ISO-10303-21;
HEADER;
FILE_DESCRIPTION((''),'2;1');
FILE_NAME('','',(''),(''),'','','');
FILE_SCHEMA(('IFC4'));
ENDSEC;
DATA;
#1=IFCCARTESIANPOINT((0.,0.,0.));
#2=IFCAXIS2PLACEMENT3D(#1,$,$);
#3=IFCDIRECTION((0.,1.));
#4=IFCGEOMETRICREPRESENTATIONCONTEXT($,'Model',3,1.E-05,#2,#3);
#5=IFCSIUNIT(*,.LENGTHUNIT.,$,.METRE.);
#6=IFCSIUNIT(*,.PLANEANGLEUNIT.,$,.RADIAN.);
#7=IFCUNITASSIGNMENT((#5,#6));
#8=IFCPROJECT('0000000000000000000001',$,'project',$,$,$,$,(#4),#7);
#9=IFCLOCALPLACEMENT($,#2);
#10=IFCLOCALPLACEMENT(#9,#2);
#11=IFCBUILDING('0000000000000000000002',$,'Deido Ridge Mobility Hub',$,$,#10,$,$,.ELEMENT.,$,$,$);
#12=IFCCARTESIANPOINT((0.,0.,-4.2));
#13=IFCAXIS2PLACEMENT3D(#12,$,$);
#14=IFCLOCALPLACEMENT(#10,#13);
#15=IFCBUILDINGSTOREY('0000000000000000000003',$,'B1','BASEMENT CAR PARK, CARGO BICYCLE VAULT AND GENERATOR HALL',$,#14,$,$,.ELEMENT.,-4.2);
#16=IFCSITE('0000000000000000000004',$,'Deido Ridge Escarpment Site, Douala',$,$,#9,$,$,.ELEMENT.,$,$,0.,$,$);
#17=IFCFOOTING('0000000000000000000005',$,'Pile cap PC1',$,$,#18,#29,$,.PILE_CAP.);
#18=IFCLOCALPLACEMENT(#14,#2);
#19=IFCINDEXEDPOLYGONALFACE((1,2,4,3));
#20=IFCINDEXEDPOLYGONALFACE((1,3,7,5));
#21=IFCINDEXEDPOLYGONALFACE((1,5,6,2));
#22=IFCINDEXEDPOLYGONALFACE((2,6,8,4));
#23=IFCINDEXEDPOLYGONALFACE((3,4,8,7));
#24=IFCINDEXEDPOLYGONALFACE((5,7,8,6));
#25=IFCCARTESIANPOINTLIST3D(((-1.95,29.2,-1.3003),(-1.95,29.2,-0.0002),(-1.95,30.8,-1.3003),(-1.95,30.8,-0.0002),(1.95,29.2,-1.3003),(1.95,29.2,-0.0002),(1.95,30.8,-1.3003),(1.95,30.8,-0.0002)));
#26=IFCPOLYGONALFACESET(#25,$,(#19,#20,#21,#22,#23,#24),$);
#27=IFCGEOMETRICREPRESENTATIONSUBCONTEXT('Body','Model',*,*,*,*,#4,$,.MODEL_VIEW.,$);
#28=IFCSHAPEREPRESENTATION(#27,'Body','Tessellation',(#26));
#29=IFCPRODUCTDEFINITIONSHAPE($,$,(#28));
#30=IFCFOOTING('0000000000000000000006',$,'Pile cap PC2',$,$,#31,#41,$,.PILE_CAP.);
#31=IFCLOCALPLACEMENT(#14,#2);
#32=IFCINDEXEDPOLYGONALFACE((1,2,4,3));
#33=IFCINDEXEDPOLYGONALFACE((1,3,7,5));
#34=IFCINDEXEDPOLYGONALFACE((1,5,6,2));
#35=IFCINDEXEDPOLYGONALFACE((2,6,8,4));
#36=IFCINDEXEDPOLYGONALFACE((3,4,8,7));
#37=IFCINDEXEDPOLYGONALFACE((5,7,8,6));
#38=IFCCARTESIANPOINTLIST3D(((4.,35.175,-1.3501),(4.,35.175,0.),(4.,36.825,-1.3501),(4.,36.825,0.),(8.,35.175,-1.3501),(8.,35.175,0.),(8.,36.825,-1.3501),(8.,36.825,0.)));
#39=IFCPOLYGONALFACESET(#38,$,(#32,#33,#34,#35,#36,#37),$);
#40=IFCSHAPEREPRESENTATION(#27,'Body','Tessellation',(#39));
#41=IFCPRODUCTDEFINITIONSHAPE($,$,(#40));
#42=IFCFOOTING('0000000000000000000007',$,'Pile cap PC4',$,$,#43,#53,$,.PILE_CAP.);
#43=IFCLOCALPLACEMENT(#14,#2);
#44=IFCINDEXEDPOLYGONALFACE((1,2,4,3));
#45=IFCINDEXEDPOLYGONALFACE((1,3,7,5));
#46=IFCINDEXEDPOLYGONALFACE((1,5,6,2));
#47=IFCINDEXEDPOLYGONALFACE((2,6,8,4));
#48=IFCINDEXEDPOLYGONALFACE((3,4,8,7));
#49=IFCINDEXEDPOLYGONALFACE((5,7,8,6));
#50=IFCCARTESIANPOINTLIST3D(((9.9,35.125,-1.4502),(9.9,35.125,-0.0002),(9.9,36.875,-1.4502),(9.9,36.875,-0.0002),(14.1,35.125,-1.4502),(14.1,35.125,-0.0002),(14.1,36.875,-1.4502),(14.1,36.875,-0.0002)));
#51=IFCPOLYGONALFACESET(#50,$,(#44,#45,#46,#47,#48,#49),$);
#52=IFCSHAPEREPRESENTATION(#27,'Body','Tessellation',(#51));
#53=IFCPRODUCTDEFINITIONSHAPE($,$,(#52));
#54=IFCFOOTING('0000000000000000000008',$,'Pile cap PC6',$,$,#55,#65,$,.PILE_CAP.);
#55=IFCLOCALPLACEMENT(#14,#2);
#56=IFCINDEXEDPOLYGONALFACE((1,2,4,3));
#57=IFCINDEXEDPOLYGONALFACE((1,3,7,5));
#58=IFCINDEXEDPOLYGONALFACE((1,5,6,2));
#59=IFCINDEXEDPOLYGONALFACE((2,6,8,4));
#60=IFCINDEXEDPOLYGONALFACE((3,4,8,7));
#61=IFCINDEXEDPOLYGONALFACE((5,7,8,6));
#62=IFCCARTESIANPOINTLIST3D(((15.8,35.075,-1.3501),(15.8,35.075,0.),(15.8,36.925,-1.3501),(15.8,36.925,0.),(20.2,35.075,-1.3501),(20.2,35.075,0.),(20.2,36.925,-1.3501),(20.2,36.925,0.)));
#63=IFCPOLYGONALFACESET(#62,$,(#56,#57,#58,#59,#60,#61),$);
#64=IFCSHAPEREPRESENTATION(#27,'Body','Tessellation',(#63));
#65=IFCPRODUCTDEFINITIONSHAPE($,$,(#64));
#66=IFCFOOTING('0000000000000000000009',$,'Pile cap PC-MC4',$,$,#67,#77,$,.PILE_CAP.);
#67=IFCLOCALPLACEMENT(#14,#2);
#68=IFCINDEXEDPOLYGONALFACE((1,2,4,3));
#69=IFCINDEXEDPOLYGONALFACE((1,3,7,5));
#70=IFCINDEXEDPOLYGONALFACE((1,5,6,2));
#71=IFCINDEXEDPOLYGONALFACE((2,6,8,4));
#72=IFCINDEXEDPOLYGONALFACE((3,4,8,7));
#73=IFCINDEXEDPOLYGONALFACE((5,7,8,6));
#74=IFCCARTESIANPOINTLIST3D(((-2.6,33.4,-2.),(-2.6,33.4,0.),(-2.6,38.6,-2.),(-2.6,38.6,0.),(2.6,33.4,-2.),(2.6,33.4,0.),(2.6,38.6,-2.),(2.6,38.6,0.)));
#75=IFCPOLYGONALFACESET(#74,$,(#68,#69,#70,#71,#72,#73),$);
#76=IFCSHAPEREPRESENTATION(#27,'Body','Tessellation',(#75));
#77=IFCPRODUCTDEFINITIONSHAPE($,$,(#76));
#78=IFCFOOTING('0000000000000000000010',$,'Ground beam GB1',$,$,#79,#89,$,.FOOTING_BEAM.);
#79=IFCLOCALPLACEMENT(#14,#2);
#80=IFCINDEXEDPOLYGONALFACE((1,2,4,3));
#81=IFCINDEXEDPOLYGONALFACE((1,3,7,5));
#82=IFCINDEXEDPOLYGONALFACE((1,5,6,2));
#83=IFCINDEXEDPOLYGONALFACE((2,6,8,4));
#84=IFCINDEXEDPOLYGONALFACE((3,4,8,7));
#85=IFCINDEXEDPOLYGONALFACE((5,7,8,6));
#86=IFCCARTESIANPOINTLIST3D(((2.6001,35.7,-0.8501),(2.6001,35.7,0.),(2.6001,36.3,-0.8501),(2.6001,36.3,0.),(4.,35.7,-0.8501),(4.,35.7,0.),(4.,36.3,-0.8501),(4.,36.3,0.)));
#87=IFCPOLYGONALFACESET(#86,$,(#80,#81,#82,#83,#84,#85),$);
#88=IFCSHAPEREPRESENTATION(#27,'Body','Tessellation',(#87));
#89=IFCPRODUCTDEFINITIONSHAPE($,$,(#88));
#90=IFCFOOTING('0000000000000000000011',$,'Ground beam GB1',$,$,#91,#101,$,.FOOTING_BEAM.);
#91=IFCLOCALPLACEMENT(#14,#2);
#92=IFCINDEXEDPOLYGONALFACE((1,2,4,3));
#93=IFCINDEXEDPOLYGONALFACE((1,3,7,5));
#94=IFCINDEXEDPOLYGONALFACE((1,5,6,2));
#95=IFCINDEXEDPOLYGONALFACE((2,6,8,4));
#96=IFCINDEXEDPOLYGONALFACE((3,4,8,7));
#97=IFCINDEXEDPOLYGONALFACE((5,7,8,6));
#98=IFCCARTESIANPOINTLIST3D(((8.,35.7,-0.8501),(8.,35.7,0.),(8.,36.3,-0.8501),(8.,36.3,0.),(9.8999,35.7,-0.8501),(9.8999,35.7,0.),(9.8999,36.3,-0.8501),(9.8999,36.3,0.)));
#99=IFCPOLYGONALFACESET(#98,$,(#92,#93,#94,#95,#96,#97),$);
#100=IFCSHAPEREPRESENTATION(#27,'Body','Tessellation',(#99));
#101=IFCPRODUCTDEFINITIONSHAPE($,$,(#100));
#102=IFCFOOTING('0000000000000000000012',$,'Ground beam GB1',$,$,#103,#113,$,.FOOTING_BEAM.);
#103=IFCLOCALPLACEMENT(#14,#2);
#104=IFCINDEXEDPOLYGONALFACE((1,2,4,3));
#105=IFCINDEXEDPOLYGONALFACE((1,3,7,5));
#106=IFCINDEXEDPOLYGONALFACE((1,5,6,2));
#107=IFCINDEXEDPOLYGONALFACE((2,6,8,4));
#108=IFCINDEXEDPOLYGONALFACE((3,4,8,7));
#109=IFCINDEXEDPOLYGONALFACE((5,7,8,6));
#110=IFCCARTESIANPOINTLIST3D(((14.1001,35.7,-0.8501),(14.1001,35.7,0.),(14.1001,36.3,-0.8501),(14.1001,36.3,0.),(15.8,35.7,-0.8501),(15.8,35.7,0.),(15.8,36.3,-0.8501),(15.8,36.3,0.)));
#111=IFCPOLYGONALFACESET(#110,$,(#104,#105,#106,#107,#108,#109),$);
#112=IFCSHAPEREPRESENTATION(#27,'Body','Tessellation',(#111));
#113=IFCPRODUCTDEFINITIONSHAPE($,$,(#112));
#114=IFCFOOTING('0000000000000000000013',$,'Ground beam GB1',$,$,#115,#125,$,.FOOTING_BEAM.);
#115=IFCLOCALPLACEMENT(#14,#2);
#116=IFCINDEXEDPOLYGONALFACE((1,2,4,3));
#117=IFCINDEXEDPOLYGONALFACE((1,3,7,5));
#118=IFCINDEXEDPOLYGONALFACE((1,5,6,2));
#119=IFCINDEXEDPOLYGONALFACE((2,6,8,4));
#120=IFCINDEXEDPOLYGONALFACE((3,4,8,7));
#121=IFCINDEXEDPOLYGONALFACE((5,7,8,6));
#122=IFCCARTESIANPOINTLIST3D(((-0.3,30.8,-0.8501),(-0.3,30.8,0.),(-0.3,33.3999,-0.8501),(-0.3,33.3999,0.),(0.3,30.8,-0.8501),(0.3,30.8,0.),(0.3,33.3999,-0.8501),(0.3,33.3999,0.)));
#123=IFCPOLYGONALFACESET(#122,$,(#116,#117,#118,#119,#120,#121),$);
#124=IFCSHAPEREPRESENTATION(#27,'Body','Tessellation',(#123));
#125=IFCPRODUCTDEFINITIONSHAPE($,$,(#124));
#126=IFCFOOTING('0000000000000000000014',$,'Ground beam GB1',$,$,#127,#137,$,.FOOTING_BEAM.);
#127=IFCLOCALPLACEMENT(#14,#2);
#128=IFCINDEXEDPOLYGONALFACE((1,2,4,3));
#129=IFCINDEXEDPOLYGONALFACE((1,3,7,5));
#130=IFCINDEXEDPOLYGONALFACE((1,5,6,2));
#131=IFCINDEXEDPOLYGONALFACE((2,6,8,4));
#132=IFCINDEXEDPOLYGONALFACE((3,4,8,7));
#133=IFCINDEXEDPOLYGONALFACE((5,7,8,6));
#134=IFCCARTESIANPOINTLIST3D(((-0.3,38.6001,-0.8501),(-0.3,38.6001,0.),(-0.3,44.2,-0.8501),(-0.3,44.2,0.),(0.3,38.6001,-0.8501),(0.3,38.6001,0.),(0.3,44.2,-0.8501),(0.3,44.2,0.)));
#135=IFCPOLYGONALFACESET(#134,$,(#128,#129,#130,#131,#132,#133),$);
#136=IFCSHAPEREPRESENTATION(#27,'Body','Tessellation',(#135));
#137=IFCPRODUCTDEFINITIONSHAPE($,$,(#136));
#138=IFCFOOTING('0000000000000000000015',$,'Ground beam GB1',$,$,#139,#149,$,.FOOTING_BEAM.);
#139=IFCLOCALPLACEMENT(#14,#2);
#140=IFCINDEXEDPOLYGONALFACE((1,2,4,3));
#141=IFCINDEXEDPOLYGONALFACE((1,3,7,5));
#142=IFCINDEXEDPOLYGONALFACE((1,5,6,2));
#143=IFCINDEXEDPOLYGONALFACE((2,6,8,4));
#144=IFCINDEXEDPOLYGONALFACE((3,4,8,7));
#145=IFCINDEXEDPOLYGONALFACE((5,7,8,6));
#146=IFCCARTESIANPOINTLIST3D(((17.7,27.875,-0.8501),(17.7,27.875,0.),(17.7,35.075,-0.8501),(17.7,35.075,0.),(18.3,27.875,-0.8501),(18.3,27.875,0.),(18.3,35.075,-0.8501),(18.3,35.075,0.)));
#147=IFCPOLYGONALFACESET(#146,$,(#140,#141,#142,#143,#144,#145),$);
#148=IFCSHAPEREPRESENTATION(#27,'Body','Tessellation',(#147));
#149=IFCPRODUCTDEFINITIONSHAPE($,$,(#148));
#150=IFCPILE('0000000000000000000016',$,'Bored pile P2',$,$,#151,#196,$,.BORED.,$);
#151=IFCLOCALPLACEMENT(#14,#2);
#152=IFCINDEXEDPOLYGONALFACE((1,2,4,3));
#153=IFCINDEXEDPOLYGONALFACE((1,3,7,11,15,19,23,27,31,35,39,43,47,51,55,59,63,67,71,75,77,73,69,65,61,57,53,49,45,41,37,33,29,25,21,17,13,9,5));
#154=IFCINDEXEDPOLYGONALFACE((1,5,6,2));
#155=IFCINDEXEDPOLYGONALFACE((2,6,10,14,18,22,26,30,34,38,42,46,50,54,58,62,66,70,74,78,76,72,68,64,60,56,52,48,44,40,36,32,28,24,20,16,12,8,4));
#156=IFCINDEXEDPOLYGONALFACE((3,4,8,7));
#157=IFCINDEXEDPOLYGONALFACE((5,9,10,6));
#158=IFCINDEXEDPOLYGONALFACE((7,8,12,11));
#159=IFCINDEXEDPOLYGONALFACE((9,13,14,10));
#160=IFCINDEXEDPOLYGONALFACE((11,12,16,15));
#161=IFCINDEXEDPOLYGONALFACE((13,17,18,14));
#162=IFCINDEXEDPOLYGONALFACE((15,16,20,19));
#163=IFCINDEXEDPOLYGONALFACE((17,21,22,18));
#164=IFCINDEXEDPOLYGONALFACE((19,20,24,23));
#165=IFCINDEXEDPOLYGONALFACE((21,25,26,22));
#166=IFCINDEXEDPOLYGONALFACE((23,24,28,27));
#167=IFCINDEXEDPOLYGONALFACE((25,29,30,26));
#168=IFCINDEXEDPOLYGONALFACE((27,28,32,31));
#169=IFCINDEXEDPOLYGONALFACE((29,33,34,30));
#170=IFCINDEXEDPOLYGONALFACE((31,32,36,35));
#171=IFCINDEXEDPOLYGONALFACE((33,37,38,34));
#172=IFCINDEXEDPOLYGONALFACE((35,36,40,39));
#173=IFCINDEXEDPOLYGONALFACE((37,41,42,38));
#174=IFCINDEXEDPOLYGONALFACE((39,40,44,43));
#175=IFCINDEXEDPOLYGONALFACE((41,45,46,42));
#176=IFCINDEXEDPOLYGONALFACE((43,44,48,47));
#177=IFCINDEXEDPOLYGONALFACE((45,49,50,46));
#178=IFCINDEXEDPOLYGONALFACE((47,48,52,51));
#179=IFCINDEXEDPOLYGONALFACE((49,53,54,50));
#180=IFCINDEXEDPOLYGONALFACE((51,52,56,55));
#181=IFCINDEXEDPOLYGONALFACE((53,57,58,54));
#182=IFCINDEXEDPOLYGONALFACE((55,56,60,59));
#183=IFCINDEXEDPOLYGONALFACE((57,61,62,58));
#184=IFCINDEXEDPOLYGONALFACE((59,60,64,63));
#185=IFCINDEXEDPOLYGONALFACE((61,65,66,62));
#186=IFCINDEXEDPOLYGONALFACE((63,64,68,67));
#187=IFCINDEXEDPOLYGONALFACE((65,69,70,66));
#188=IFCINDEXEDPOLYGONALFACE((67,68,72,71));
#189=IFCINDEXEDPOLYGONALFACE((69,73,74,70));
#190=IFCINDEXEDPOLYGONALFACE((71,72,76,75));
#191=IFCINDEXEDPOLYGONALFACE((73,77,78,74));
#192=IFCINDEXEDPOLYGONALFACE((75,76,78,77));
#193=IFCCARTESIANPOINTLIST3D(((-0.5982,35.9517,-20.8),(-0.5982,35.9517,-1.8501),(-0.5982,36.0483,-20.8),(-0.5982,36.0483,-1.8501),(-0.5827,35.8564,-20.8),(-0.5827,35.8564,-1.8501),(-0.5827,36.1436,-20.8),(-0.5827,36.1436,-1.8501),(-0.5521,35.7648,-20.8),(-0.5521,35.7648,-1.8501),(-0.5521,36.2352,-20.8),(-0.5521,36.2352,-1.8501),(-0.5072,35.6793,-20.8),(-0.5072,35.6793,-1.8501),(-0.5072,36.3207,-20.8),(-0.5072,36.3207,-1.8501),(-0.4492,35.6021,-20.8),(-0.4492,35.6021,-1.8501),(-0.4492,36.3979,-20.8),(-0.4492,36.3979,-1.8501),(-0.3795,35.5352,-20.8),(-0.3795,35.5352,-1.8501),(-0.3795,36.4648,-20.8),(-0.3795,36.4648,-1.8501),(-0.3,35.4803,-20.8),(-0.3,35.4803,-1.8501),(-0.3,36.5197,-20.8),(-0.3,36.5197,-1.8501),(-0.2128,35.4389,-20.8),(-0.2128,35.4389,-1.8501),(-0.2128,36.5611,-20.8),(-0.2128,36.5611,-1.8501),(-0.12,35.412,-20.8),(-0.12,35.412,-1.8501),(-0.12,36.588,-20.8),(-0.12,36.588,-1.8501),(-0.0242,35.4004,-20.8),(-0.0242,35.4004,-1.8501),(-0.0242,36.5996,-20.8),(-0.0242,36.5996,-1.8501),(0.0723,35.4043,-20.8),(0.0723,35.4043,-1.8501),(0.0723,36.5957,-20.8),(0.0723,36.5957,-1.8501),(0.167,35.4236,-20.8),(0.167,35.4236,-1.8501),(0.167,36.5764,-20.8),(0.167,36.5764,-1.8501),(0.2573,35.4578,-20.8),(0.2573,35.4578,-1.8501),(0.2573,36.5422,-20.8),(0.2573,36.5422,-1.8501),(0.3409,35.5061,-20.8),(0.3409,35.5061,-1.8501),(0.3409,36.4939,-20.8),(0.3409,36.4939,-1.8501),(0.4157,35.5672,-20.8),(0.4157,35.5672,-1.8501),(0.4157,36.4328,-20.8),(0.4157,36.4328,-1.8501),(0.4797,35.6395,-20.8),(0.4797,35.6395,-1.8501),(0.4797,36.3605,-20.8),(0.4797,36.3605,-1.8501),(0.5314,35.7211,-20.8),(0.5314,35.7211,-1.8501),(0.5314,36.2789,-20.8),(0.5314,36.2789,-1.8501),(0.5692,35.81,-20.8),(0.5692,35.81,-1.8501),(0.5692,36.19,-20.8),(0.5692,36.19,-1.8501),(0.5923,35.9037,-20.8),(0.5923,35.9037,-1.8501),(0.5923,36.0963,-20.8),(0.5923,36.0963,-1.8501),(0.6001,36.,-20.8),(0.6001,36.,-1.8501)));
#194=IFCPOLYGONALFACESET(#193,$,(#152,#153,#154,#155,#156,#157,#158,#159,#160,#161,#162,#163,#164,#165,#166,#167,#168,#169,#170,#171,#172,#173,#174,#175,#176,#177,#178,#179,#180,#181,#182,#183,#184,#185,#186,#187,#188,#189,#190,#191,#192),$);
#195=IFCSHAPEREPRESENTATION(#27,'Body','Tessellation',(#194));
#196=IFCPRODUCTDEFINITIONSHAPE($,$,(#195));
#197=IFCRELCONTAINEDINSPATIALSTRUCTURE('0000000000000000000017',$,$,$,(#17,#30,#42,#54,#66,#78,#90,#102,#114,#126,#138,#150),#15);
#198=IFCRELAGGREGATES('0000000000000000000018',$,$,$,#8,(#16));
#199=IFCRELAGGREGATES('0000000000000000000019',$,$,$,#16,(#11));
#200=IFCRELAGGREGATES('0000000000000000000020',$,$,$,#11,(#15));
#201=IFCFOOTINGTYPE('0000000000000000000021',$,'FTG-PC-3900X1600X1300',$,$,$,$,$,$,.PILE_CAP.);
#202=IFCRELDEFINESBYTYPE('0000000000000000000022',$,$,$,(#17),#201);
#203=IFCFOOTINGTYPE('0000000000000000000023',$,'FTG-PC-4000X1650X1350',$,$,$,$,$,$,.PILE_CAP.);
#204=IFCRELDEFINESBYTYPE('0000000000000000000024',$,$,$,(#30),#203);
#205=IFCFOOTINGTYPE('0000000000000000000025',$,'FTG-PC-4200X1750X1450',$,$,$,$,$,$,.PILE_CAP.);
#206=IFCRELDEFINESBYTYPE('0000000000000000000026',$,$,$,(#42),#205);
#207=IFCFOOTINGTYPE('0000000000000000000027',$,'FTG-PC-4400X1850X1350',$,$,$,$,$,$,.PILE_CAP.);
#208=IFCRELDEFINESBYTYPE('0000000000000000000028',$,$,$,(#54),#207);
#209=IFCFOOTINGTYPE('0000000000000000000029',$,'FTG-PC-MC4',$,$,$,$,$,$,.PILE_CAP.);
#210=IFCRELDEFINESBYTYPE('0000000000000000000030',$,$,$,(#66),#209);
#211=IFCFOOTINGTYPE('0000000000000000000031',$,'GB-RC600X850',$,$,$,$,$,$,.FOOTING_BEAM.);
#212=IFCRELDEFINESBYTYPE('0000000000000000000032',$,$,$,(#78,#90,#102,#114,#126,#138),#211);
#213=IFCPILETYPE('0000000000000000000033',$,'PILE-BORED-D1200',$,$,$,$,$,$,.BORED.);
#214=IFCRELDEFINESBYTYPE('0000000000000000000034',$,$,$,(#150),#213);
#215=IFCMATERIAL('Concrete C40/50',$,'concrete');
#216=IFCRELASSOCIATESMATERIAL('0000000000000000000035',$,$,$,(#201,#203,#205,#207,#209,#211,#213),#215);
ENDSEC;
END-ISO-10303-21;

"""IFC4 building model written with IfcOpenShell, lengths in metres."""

from ifc_helpers import new_model, si_unit, direction, frame, origin, origin_2d, place, context, subcontext, project, spatial, rectangle, circle, extrude, material, material_profile, profile_set, type_object, element, save


model = new_model("IFC4")

# Units and contexts
model_context = context("Model", 3, precision=1e-05, world=origin(), true_north=direction((0.0, 1.0)))
body_context = subcontext(model_context, "Body", "Model", "MODEL_VIEW")
ifc_project = project(units=[si_unit("LENGTHUNIT", "METRE"), si_unit("PLANEANGLEUNIT", "RADIAN")], contexts=[model_context])

# Site, building, storey
site_placement = place(None, origin())
site = spatial("IfcSite", under=ifc_project, at=site_placement, Name="Deido Ridge Escarpment Site, Douala", CompositionType="ELEMENT", RefElevation=0.0)
building_placement = place(site_placement, origin())
building = spatial("IfcBuilding", under=site, at=building_placement, Name="Deido Ridge Mobility Hub", CompositionType="ELEMENT")
storey_placement = place(building_placement, frame((0.0, 0.0, -4.2)))
storey = spatial("IfcBuildingStorey", under=building, at=storey_placement, Name="B1", Description="BASEMENT CAR PARK, CARGO BICYCLE VAULT AND GENERATOR HALL", CompositionType="ELEMENT", Elevation=-4.2)

# Footings
ifc_material_1 = material(Name="Concrete C40/50", Category="concrete")
footing_type_1 = type_object("IfcFootingType", Name="FTG-PC-3900X1600X1300", PredefinedType="PILE_CAP", material=ifc_material_1)
footing_1_placement = place(storey_placement, frame((0.0, 30.0, -1.3003), z_axis=(0.0, 0.0, 1.0), x_axis=(1.0, 0.0, 0.0)))
element("IfcFooting", 1, at=footing_1_placement, inside=storey, type_object=footing_type_1, Name="Pile cap PC1", PredefinedType="PILE_CAP", context=body_context, shape_type="SweptSolid", body=[
    extrude(rectangle(XDim=3.8999, YDim=1.6001, at=origin_2d()), origin(), (0.0, 0.0, 1.0), 1.3),
])
footing_type_2 = type_object("IfcFootingType", Name="FTG-PC-4000X1650X1350", PredefinedType="PILE_CAP", material=ifc_material_1)
footing_2_placement = place(storey_placement, frame((6.0, 36.0, -1.3501), z_axis=(0.0, 0.0, 1.0), x_axis=(1.0, 0.0, 0.0)))
element("IfcFooting", 2, at=footing_2_placement, inside=storey, type_object=footing_type_2, Name="Pile cap PC2", PredefinedType="PILE_CAP", context=body_context, shape_type="SweptSolid", body=[
    extrude(rectangle(XDim=4.0, YDim=1.6499, at=origin_2d()), origin(), (0.0, 0.0, 1.0), 1.3501),
])
footing_type_3 = type_object("IfcFootingType", Name="FTG-PC-4200X1750X1450", PredefinedType="PILE_CAP", material=ifc_material_1)
footing_3_placement = place(storey_placement, frame((12.0, 36.0, -1.4502), z_axis=(0.0, 0.0, 1.0), x_axis=(1.0, 0.0, 0.0)))
element("IfcFooting", 3, at=footing_3_placement, inside=storey, type_object=footing_type_3, Name="Pile cap PC4", PredefinedType="PILE_CAP", context=body_context, shape_type="SweptSolid", body=[
    extrude(rectangle(XDim=4.2, YDim=1.75, at=origin_2d()), origin(), (0.0, 0.0, 1.0), 1.45),
])
footing_type_4 = type_object("IfcFootingType", Name="FTG-PC-4400X1850X1350", PredefinedType="PILE_CAP", material=ifc_material_1)
footing_4_placement = place(storey_placement, frame((18.0, 36.0, -1.3501), z_axis=(0.0, 0.0, 1.0), x_axis=(1.0, 0.0, 0.0)))
element("IfcFooting", 4, at=footing_4_placement, inside=storey, type_object=footing_type_4, Name="Pile cap PC6", PredefinedType="PILE_CAP", context=body_context, shape_type="SweptSolid", body=[
    extrude(rectangle(XDim=4.3999, YDim=1.8501, at=origin_2d()), origin(), (0.0, 0.0, 1.0), 1.3501),
])
footing_type_5 = type_object("IfcFootingType", Name="FTG-PC-MC4", PredefinedType="PILE_CAP", material=ifc_material_1)
footing_5_placement = place(storey_placement, frame((0.0, 36.0, -2.0), z_axis=(0.0, 0.0, 1.0), x_axis=(1.0, 0.0, 0.0)))
element("IfcFooting", 5, at=footing_5_placement, inside=storey, type_object=footing_type_5, Name="Pile cap PC-MC4", PredefinedType="PILE_CAP", context=body_context, shape_type="SweptSolid", body=[
    extrude(rectangle(XDim=5.2, YDim=5.2, at=origin_2d()), origin(), (0.0, 0.0, 1.0), 2.0),
])
ifc_material_profile_1 = material_profile(ifc_material_1, rectangle(XDim=0.6001, YDim=0.8501, at=origin_2d()), Name="RC GB 600x850")
ifc_profile_set_1 = profile_set([ifc_material_profile_1], Name="Concrete C40/50")
footing_type_6 = type_object("IfcFootingType", Name="GB-RC600X850", PredefinedType="FOOTING_BEAM", material=ifc_profile_set_1)
footing_6_placement = place(storey_placement, frame((2.6001, 36.0, -0.425), z_axis=(1.0, 0.0, 0.0), x_axis=(0.0, 1.0, 0.0)))
element("IfcFooting", 6, at=footing_6_placement, inside=storey, type_object=footing_type_6, Name="Ground beam GB1", PredefinedType="FOOTING_BEAM", context=body_context, shape_type="SweptSolid", body=[
    extrude(rectangle(XDim=0.6001, YDim=0.8501, at=origin_2d()), origin(), (0.0, 0.0, 1.0), 1.3999),
])
footing_7_placement = place(storey_placement, frame((8.0, 36.0, -0.425), z_axis=(1.0, 0.0, 0.0), x_axis=(0.0, 1.0, 0.0)))
element("IfcFooting", 7, at=footing_7_placement, inside=storey, type_object=footing_type_6, Name="Ground beam GB1", PredefinedType="FOOTING_BEAM", context=body_context, shape_type="SweptSolid", body=[
    extrude(rectangle(XDim=0.6001, YDim=0.8501, at=origin_2d()), origin(), (0.0, 0.0, 1.0), 1.8999),
])
footing_8_placement = place(storey_placement, frame((14.1001, 36.0, -0.425), z_axis=(1.0, 0.0, 0.0), x_axis=(0.0, 1.0, 0.0)))
element("IfcFooting", 8, at=footing_8_placement, inside=storey, type_object=footing_type_6, Name="Ground beam GB1", PredefinedType="FOOTING_BEAM", context=body_context, shape_type="SweptSolid", body=[
    extrude(rectangle(XDim=0.6001, YDim=0.8501, at=origin_2d()), origin(), (0.0, 0.0, 1.0), 1.7),
])
footing_9_placement = place(storey_placement, frame((0.0, 30.8, -0.425), z_axis=(0.0, 1.0, 0.0), x_axis=(-1.0, 0.0, 0.0)))
element("IfcFooting", 9, at=footing_9_placement, inside=storey, type_object=footing_type_6, Name="Ground beam GB1", PredefinedType="FOOTING_BEAM", context=body_context, shape_type="SweptSolid", body=[
    extrude(rectangle(XDim=0.6001, YDim=0.8501, at=origin_2d()), origin(), (0.0, 0.0, 1.0), 2.5999),
])
footing_10_placement = place(storey_placement, frame((0.0, 38.6001, -0.425), z_axis=(0.0, 1.0, 0.0), x_axis=(-1.0, 0.0, 0.0)))
element("IfcFooting", 10, at=footing_10_placement, inside=storey, type_object=footing_type_6, Name="Ground beam GB1", PredefinedType="FOOTING_BEAM", context=body_context, shape_type="SweptSolid", body=[
    extrude(rectangle(XDim=0.6001, YDim=0.8501, at=origin_2d()), origin(), (0.0, 0.0, 1.0), 5.5999),
])
footing_11_placement = place(storey_placement, frame((18.0, 27.875, -0.425), z_axis=(0.0, 1.0, 0.0), x_axis=(-1.0, 0.0, 0.0)))
element("IfcFooting", 11, at=footing_11_placement, inside=storey, type_object=footing_type_6, Name="Ground beam GB1", PredefinedType="FOOTING_BEAM", context=body_context, shape_type="SweptSolid", body=[
    extrude(rectangle(XDim=0.6001, YDim=0.8501, at=origin_2d()), origin(), (0.0, 0.0, 1.0), 7.2),
])

# Pile
ifc_material_profile_2 = material_profile(ifc_material_1, circle(Radius=0.6001, at=origin_2d()), Name="BORED PILE D1200")
ifc_profile_set_2 = profile_set([ifc_material_profile_2], Name="Concrete C40/50")
pile_type_1 = type_object("IfcPileType", Name="PILE-BORED-D1200", PredefinedType="BORED", material=ifc_profile_set_2)
pile_1_placement = place(storey_placement, frame((0.0, 36.0, -1.8501), z_axis=(0.0, 0.0, -1.0), x_axis=(1.0, 0.0, 0.0)))
element("IfcPile", 12, at=pile_1_placement, inside=storey, type_object=pile_type_1, Name="Bored pile P2", PredefinedType="BORED", context=body_context, shape_type="SweptSolid", body=[
    extrude(circle(Radius=0.6001, at=origin_2d()), origin(), (0.0, 0.0, 1.0), 18.95),
])

save(model, "model.ifc")
